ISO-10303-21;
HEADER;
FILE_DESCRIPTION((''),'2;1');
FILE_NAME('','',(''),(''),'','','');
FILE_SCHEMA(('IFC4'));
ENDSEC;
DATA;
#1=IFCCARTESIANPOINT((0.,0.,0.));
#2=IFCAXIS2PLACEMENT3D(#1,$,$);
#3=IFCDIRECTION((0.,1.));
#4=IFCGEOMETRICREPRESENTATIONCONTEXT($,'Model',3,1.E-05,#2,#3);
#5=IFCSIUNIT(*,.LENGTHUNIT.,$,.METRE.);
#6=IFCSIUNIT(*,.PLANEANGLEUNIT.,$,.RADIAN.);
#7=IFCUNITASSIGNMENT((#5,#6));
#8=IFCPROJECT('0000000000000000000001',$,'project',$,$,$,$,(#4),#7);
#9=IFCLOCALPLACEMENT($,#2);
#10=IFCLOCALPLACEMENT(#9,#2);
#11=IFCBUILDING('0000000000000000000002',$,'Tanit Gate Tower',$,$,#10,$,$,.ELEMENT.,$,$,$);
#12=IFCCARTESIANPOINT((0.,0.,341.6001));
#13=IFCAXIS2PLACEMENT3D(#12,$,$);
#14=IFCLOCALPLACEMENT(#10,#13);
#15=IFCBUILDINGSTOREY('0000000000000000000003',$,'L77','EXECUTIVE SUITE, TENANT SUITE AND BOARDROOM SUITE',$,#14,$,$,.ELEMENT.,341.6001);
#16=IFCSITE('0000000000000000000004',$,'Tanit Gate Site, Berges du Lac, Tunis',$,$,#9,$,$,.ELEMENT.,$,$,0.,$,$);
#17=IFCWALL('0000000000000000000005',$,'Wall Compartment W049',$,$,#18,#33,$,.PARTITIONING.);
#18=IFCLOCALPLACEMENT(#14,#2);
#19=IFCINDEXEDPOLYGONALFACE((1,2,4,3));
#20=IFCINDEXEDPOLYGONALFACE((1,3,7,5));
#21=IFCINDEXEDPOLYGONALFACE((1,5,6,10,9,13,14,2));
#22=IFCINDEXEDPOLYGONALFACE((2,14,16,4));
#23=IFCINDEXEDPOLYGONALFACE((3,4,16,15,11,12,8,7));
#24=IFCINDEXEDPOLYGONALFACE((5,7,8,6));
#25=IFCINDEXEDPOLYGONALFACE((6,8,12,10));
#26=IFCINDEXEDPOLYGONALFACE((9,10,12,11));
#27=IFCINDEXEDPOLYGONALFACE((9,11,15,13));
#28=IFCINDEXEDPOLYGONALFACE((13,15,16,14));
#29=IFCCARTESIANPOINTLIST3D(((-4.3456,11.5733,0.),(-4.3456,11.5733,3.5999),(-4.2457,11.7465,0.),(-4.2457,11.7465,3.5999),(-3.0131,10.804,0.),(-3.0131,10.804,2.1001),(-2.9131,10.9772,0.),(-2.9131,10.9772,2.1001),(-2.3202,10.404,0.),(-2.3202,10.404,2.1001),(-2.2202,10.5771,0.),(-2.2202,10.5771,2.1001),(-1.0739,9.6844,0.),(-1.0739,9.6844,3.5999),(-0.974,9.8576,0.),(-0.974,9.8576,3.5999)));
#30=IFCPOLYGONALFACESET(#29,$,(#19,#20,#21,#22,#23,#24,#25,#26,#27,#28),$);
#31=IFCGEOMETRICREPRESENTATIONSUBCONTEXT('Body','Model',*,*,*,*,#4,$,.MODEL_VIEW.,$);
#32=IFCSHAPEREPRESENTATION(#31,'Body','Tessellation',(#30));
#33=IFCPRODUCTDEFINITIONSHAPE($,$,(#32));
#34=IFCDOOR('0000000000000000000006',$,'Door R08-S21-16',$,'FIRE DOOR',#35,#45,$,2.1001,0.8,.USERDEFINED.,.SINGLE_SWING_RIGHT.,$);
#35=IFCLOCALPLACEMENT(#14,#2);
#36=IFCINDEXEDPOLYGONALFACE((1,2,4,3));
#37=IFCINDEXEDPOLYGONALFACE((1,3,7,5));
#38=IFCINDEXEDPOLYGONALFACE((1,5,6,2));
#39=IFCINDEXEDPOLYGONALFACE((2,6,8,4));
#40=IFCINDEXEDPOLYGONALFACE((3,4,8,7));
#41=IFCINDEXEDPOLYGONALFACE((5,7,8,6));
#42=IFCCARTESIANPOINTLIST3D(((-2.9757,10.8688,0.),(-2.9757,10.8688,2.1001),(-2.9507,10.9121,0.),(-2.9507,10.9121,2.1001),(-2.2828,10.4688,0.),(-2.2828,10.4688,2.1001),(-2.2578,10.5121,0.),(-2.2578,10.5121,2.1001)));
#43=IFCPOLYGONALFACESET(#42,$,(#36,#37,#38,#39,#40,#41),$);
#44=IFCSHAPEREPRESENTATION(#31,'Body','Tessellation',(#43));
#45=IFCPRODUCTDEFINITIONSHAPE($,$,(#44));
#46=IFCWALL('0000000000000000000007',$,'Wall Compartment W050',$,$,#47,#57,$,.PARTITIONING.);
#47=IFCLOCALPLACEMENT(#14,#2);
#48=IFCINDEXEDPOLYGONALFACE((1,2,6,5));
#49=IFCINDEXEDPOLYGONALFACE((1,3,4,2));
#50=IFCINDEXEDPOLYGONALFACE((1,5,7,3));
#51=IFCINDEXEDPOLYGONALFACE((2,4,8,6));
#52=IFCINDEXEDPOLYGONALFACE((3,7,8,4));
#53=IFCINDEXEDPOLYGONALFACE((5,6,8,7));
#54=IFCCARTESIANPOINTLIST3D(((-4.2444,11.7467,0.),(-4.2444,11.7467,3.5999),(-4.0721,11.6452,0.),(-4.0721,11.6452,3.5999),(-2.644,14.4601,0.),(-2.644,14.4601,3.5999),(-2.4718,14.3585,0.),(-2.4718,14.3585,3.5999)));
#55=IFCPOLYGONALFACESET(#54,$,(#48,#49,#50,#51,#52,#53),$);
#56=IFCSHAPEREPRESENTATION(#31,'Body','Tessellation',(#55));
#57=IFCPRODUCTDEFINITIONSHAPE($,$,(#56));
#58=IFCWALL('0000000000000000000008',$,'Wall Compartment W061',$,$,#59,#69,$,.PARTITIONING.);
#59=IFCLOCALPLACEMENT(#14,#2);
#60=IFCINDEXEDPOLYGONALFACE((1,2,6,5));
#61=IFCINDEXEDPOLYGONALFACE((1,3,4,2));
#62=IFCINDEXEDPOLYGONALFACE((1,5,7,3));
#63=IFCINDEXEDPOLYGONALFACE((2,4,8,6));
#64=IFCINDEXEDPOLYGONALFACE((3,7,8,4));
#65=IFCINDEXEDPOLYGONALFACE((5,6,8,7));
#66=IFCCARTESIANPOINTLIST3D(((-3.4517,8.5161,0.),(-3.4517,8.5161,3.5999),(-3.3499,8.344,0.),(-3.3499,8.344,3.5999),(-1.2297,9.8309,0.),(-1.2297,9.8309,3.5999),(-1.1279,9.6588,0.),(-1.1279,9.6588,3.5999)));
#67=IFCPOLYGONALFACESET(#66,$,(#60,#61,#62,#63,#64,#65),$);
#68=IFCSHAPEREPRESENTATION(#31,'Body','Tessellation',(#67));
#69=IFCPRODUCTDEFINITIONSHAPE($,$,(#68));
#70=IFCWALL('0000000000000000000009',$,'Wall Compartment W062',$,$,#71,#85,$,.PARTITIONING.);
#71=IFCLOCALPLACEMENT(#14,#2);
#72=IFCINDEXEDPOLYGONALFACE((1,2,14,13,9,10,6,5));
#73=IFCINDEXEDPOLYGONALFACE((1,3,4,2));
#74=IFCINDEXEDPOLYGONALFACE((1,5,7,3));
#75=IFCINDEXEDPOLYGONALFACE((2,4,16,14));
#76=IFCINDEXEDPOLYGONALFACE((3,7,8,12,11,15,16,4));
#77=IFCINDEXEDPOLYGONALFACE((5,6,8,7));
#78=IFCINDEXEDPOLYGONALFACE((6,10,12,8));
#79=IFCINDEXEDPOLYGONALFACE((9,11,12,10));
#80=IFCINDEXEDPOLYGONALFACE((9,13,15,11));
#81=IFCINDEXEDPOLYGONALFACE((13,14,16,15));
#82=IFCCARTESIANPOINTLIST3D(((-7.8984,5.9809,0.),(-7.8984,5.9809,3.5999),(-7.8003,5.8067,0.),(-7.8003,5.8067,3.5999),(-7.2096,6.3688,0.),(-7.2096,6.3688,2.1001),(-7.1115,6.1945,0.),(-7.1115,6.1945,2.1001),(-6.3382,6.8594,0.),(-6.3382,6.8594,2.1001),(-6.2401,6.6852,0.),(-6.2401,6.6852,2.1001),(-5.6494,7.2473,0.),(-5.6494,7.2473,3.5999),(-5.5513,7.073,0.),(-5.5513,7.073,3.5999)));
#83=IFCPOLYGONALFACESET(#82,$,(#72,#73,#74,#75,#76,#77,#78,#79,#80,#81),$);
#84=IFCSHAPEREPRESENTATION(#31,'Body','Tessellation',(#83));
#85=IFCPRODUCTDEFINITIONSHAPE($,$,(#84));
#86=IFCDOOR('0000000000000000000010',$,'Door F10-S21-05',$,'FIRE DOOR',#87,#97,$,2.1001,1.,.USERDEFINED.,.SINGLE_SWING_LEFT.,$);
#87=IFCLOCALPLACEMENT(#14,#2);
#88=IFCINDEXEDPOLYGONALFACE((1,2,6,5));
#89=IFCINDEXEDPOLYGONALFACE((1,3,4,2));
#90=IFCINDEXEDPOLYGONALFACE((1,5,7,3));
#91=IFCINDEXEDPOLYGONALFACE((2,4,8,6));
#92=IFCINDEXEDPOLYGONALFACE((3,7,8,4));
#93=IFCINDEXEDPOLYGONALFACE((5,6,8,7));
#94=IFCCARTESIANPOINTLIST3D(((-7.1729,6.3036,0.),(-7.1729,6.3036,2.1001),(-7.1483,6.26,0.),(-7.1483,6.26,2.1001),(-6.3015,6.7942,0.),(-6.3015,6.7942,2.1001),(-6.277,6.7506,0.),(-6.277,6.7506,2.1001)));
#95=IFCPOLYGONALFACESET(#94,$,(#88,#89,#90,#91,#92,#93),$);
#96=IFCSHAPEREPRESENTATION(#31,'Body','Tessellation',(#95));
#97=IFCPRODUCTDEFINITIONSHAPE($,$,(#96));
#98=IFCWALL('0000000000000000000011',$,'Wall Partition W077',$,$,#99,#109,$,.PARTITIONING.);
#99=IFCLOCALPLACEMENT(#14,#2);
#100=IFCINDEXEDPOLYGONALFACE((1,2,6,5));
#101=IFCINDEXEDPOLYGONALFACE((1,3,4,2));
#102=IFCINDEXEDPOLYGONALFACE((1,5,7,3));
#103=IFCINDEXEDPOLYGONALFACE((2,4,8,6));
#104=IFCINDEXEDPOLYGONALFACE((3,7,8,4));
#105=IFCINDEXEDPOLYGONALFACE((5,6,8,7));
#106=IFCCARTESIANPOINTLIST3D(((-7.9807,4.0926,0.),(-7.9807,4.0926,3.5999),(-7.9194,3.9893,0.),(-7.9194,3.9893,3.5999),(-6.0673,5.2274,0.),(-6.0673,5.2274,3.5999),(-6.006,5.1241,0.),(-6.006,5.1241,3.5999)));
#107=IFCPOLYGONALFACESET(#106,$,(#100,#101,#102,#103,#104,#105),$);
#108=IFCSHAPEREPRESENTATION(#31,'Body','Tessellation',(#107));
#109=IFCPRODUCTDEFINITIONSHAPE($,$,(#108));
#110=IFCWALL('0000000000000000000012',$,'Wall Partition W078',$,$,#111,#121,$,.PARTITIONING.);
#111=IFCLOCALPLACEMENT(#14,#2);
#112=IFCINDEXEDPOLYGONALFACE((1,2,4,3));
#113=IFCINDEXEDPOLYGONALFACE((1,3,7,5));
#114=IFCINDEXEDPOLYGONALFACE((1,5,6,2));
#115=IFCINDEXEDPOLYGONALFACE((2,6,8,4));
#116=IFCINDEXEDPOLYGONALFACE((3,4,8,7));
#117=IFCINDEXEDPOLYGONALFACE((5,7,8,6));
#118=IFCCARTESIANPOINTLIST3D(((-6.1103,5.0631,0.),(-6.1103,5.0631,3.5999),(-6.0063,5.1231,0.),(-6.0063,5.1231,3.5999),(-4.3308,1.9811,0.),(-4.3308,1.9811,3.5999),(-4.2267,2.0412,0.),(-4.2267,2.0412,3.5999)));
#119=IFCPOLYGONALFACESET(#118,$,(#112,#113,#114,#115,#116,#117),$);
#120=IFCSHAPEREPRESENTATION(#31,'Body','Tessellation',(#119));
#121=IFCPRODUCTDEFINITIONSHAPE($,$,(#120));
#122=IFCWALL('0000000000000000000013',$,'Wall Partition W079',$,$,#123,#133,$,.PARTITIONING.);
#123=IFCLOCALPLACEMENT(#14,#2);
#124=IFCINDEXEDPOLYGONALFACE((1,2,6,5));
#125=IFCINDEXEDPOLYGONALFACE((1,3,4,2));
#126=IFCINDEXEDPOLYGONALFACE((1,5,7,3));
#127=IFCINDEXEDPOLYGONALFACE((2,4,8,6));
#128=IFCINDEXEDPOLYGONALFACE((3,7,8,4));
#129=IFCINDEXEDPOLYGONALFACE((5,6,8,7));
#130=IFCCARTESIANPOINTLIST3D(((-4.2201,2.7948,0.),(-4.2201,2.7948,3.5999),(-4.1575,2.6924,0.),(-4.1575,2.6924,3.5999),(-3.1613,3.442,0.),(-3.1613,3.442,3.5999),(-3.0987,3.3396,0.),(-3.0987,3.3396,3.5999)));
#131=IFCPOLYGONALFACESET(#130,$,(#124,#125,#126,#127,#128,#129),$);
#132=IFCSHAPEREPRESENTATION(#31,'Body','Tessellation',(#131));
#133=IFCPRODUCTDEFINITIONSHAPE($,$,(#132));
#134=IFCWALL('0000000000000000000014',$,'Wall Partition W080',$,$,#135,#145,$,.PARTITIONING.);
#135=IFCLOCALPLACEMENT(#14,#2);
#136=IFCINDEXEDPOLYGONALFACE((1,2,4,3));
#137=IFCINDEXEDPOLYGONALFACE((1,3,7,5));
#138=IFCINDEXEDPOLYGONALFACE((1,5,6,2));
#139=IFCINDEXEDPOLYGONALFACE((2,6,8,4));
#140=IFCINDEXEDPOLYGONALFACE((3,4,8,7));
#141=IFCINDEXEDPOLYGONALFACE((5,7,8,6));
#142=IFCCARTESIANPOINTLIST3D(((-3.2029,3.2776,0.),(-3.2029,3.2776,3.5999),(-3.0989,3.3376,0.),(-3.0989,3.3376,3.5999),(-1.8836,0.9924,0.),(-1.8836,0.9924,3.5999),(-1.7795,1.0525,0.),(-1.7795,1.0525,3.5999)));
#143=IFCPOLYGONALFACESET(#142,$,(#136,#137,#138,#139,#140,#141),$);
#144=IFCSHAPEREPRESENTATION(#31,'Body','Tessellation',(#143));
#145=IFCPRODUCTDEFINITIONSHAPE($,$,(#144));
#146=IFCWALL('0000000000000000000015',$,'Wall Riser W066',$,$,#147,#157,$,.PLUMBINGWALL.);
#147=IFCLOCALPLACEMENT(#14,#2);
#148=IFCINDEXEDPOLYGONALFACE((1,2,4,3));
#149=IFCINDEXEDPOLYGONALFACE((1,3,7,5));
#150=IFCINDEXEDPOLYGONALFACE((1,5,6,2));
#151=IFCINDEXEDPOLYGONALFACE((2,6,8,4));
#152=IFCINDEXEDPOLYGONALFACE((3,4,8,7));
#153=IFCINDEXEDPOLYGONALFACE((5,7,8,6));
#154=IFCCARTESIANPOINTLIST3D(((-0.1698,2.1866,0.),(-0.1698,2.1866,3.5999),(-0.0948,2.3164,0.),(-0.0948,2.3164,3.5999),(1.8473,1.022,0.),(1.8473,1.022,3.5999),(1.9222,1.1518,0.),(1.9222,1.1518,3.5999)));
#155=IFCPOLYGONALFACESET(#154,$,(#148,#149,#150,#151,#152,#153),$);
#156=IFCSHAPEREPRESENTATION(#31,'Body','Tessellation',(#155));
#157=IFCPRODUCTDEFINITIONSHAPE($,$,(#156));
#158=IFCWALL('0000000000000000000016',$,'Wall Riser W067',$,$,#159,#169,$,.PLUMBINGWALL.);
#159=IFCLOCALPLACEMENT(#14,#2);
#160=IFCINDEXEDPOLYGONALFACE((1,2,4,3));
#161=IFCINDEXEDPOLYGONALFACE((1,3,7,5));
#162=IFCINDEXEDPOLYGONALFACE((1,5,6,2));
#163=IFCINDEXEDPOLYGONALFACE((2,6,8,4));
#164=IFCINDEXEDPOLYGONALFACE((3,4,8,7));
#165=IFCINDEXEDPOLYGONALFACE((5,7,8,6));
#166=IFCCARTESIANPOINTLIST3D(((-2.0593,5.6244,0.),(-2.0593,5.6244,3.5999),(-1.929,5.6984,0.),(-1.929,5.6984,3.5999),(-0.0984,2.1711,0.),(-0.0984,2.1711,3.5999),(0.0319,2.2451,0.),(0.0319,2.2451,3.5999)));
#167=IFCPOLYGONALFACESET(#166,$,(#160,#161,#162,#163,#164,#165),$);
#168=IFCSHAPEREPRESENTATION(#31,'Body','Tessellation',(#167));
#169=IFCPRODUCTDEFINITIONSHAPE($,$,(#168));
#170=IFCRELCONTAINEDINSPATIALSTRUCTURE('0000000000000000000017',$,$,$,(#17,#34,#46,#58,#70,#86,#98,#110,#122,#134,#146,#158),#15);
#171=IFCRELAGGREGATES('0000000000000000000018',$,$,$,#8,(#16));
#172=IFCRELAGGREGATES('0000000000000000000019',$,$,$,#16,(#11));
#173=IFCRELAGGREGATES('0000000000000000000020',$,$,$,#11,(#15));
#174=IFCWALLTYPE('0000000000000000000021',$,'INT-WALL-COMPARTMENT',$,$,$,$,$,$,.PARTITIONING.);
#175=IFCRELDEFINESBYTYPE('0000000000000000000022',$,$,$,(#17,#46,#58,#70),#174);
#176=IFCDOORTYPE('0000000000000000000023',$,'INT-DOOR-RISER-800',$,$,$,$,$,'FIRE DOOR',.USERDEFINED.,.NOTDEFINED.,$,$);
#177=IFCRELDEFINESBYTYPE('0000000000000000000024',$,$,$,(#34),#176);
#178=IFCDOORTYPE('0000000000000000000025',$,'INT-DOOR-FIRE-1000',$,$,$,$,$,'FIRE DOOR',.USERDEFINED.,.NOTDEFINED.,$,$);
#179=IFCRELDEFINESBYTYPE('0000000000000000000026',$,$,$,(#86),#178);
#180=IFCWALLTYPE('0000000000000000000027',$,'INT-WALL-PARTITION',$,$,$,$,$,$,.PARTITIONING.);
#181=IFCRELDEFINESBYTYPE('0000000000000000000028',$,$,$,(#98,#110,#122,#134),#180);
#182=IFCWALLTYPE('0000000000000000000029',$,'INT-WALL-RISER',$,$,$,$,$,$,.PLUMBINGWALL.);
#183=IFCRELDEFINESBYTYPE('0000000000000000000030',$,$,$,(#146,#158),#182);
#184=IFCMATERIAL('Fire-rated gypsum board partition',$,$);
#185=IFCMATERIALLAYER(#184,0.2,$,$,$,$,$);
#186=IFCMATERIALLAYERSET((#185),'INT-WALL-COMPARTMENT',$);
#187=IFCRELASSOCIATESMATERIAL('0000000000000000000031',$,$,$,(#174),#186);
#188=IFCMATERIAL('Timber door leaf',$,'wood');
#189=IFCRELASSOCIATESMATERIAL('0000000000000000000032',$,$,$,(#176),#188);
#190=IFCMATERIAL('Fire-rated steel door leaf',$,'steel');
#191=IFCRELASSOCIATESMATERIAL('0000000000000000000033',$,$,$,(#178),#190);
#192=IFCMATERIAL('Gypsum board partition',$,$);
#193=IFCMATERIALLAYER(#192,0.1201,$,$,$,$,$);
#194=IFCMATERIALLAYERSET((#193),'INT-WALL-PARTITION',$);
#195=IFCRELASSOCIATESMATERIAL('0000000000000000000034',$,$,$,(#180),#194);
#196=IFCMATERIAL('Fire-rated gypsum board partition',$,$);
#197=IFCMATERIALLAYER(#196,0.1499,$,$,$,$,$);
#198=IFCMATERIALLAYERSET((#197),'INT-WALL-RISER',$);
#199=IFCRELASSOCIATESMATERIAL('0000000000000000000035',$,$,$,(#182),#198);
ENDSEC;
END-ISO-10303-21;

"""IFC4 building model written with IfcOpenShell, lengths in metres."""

from ifc_helpers import new_model, si_unit, direction, frame, frame_2d, origin, place, context, subcontext, project, spatial, rectangle, extrude, material, layer, layer_set, type_object, element, fill, save


model = new_model("IFC4")

# Units and contexts
model_context = context("Model", 3, precision=1e-05, world=origin(), true_north=direction((0.0, 1.0)))
body_context = subcontext(model_context, "Body", "Model", "MODEL_VIEW")
ifc_project = project(units=[si_unit("LENGTHUNIT", "METRE"), si_unit("PLANEANGLEUNIT", "RADIAN")], contexts=[model_context])

# Site, building, storey
site_placement = place(None, origin())
site = spatial("IfcSite", under=ifc_project, at=site_placement, Name="Tanit Gate Site, Berges du Lac, Tunis", CompositionType="ELEMENT", RefElevation=0.0)
building_placement = place(site_placement, origin())
building = spatial("IfcBuilding", under=site, at=building_placement, Name="Tanit Gate Tower", CompositionType="ELEMENT")
storey_placement = place(building_placement, frame((0.0, 0.0, 341.6001)))
storey = spatial("IfcBuildingStorey", under=building, at=storey_placement, Name="L77", Description="EXECUTIVE SUITE, TENANT SUITE AND BOARDROOM SUITE", CompositionType="ELEMENT", Elevation=341.6001)

# Wall, opening, door
ifc_material_1 = material(Name="Fire-rated gypsum board partition")
ifc_layer_1 = layer(ifc_material_1, 0.2)
ifc_layer_set_1 = layer_set([ifc_layer_1], Name="INT-WALL-COMPARTMENT")
wall_type_1 = type_object("IfcWallType", Name="INT-WALL-COMPARTMENT", PredefinedType="PARTITIONING", material=ifc_layer_set_1)
wall_1_placement = place(storey_placement, frame((-4.2957, 11.6599, 0.0), z_axis=(0.0, 0.0, 1.0), x_axis=(0.866027, -0.499997, 0.0)))
wall_1 = element("IfcWall", 1, at=wall_1_placement, inside=storey, type_object=wall_type_1, Name="Wall Compartment W049", PredefinedType="PARTITIONING", context=body_context, shape_type="SweptSolid", body=[
    extrude(rectangle(XDim=3.7778, YDim=0.2, at=frame_2d((1.8889, 0.0))), origin(), (0.0, 0.0, 1.0), 3.5999),
])
opening_1_placement = place(wall_1_placement, frame((1.5388, 0.0, 0.0)))
opening_1 = element("IfcOpeningElement", 2, at=opening_1_placement, cuts=wall_1, PredefinedType="OPENING", context=body_context, shape_type="SweptSolid", body=[
    extrude(rectangle(XDim=0.8, YDim=2.1001, at=frame_2d((0.3999, 1.05))), frame((0.0, 0.1099, 0.0), z_axis=(0.0, -1.0, 0.0), x_axis=(1.0, 0.0, 0.0)), (0.0, 0.0, 1.0), 0.22),
])
ifc_material_2 = material(Name="Timber door leaf", Category="wood")
door_type_1 = type_object("IfcDoorType", Name="INT-DOOR-RISER-800", ElementType="FIRE DOOR", OperationType="NOTDEFINED", PredefinedType="USERDEFINED", material=ifc_material_2)
door_1_placement = place(opening_1_placement, origin())
door_1 = element("IfcDoor", 3, at=door_1_placement, inside=storey, type_object=door_type_1, Name="Door R08-S21-16", ObjectType="FIRE DOOR", OperationType="SINGLE_SWING_RIGHT", OverallHeight=2.1001, OverallWidth=0.8, PredefinedType="USERDEFINED", context=body_context, shape_type="SweptSolid", body=[
    extrude(rectangle(XDim=0.8, YDim=2.1001, at=frame_2d((0.3999, 1.05))), frame((0.0, 0.0249, 0.0), z_axis=(0.0, -1.0, 0.0), x_axis=(1.0, 0.0, 0.0)), (0.0, 0.0, 1.0), 0.05),
])
fill(opening_1, door_1)

# Walls
wall_2_placement = place(storey_placement, frame((-2.5579, 14.4094, 0.0), z_axis=(0.0, 0.0, 1.0), x_axis=(-0.508019, -0.861346, 0.0)))
element("IfcWall", 4, at=wall_2_placement, inside=storey, type_object=wall_type_1, Name="Wall Compartment W050", PredefinedType="PARTITIONING", context=body_context, shape_type="SweptSolid", body=[
    extrude(rectangle(XDim=3.1501, YDim=0.2, at=frame_2d((1.5752, 0.0))), origin(), (0.0, 0.0, 1.0), 3.5999),
])
wall_3_placement = place(storey_placement, frame((-1.1787, 9.7449, 0.0), z_axis=(0.0, 0.0, 1.0), x_axis=(-0.860631, -0.509229, 0.0)))
element("IfcWall", 5, at=wall_3_placement, inside=storey, type_object=wall_type_1, Name="Wall Compartment W061", PredefinedType="PARTITIONING", context=body_context, shape_type="SweptSolid", body=[
    extrude(rectangle(XDim=2.5818, YDim=0.2, at=frame_2d((1.291, 0.0))), origin(), (0.0, 0.0, 1.0), 3.5999),
])

# Wall, opening, door
wall_4_placement = place(storey_placement, frame((-5.6003, 7.1602, 0.0), z_axis=(0.0, 0.0, 1.0), x_axis=(-0.871363, -0.490638, 0.0)))
wall_4 = element("IfcWall", 6, at=wall_4_placement, inside=storey, type_object=wall_type_1, Name="Wall Compartment W062", PredefinedType="PARTITIONING", context=body_context, shape_type="SweptSolid", body=[
    extrude(rectangle(XDim=2.5811, YDim=0.2, at=frame_2d((1.2905, 0.0))), origin(), (0.0, 0.0, 1.0), 3.5999),
])
opening_2_placement = place(wall_4_placement, frame((0.7905, 0.0, 0.0)))
opening_2 = element("IfcOpeningElement", 7, at=opening_2_placement, cuts=wall_4, PredefinedType="OPENING", context=body_context, shape_type="SweptSolid", body=[
    extrude(rectangle(XDim=1.0, YDim=2.1001, at=frame_2d((0.5, 1.05))), frame((0.0, 0.1099, 0.0), z_axis=(0.0, -1.0, 0.0), x_axis=(1.0, 0.0, 0.0)), (0.0, 0.0, 1.0), 0.22),
])
ifc_material_3 = material(Name="Fire-rated steel door leaf", Category="steel")
door_type_2 = type_object("IfcDoorType", Name="INT-DOOR-FIRE-1000", ElementType="FIRE DOOR", OperationType="NOTDEFINED", PredefinedType="USERDEFINED", material=ifc_material_3)
door_2_placement = place(opening_2_placement, origin())
door_2 = element("IfcDoor", 8, at=door_2_placement, inside=storey, type_object=door_type_2, Name="Door F10-S21-05", ObjectType="FIRE DOOR", OperationType="SINGLE_SWING_LEFT", OverallHeight=2.1001, OverallWidth=1.0, PredefinedType="USERDEFINED", context=body_context, shape_type="SweptSolid", body=[
    extrude(rectangle(XDim=1.0, YDim=2.1001, at=frame_2d((0.5, 1.05))), frame((0.0, 0.0249, 0.0), z_axis=(0.0, -1.0, 0.0), x_axis=(1.0, 0.0, 0.0)), (0.0, 0.0, 1.0), 0.05),
])
fill(opening_2, door_2)

# Walls
ifc_material_4 = material(Name="Gypsum board partition")
ifc_layer_2 = layer(ifc_material_4, 0.1201)
ifc_layer_set_2 = layer_set([ifc_layer_2], Name="INT-WALL-PARTITION")
wall_type_2 = type_object("IfcWallType", Name="INT-WALL-PARTITION", PredefinedType="PARTITIONING", material=ifc_layer_set_2)
wall_5_placement = place(storey_placement, frame((-6.0366, 5.1758, 0.0), z_axis=(0.0, 0.0, 1.0), x_axis=(-0.860106, -0.510115, 0.0)))
element("IfcWall", 9, at=wall_5_placement, inside=storey, type_object=wall_type_2, Name="Wall Partition W077", PredefinedType="PARTITIONING", context=body_context, shape_type="SweptSolid", body=[
    extrude(rectangle(XDim=2.2246, YDim=0.1201, at=frame_2d((1.1123, 0.0))), origin(), (0.0, 0.0, 1.0), 3.5999),
])
wall_6_placement = place(storey_placement, frame((-4.2788, 2.0112, 0.0), z_axis=(0.0, 0.0, 1.0), x_axis=(-0.500027, 0.86601, 0.0)))
element("IfcWall", 10, at=wall_6_placement, inside=storey, type_object=wall_type_2, Name="Wall Partition W078", PredefinedType="PARTITIONING", context=body_context, shape_type="SweptSolid", body=[
    extrude(rectangle(XDim=3.5588, YDim=0.1201, at=frame_2d((1.7793, 0.0))), origin(), (0.0, 0.0, 1.0), 3.5999),
])
wall_7_placement = place(storey_placement, frame((-3.1299, 3.3909, 0.0), z_axis=(0.0, 0.0, 1.0), x_axis=(-0.853228, -0.521538, 0.0)))
element("IfcWall", 11, at=wall_7_placement, inside=storey, type_object=wall_type_2, Name="Wall Partition W079", PredefinedType="PARTITIONING", context=body_context, shape_type="SweptSolid", body=[
    extrude(rectangle(XDim=1.241, YDim=0.1201, at=frame_2d((0.6206, 0.0))), origin(), (0.0, 0.0, 1.0), 3.5999),
])
wall_8_placement = place(storey_placement, frame((-1.8315, 1.0225, 0.0), z_axis=(0.0, 0.0, 1.0), x_axis=(-0.5, 0.866025, 0.0)))
element("IfcWall", 12, at=wall_8_placement, inside=storey, type_object=wall_type_2, Name="Wall Partition W080", PredefinedType="PARTITIONING", context=body_context, shape_type="SweptSolid", body=[
    extrude(rectangle(XDim=2.6387, YDim=0.1201, at=frame_2d((1.3193, 0.0))), origin(), (0.0, 0.0, 1.0), 3.5999),
])
ifc_material_5 = material(Name="Fire-rated gypsum board partition")
ifc_layer_3 = layer(ifc_material_5, 0.1499)
ifc_layer_set_3 = layer_set([ifc_layer_3], Name="INT-WALL-RISER")
wall_type_3 = type_object("IfcWallType", Name="INT-WALL-RISER", PredefinedType="PLUMBINGWALL", material=ifc_layer_set_3)
wall_9_placement = place(storey_placement, frame((-0.1323, 2.2515, 0.0), z_axis=(0.0, 0.0, 1.0), x_axis=(0.866028, -0.499995, 0.0)))
element("IfcWall", 13, at=wall_9_placement, inside=storey, type_object=wall_type_3, Name="Wall Riser W066", PredefinedType="PLUMBINGWALL", context=body_context, shape_type="SweptSolid", body=[
    extrude(rectangle(XDim=2.3291, YDim=0.1499, at=frame_2d((1.1646, 0.0))), origin(), (0.0, 0.0, 1.0), 3.5999),
])
wall_10_placement = place(storey_placement, frame((-1.9941, 5.6614, 0.0), z_axis=(0.0, 0.0, 1.0), x_axis=(0.49378, -0.869587, 0.0)))
element("IfcWall", 14, at=wall_10_placement, inside=storey, type_object=wall_type_3, Name="Wall Riser W067", PredefinedType="PLUMBINGWALL", context=body_context, shape_type="SweptSolid", body=[
    extrude(rectangle(XDim=3.9712, YDim=0.1499, at=frame_2d((1.9856, 0.0))), origin(), (0.0, 0.0, 1.0), 3.5999),
])

save(model, "model.ifc")
